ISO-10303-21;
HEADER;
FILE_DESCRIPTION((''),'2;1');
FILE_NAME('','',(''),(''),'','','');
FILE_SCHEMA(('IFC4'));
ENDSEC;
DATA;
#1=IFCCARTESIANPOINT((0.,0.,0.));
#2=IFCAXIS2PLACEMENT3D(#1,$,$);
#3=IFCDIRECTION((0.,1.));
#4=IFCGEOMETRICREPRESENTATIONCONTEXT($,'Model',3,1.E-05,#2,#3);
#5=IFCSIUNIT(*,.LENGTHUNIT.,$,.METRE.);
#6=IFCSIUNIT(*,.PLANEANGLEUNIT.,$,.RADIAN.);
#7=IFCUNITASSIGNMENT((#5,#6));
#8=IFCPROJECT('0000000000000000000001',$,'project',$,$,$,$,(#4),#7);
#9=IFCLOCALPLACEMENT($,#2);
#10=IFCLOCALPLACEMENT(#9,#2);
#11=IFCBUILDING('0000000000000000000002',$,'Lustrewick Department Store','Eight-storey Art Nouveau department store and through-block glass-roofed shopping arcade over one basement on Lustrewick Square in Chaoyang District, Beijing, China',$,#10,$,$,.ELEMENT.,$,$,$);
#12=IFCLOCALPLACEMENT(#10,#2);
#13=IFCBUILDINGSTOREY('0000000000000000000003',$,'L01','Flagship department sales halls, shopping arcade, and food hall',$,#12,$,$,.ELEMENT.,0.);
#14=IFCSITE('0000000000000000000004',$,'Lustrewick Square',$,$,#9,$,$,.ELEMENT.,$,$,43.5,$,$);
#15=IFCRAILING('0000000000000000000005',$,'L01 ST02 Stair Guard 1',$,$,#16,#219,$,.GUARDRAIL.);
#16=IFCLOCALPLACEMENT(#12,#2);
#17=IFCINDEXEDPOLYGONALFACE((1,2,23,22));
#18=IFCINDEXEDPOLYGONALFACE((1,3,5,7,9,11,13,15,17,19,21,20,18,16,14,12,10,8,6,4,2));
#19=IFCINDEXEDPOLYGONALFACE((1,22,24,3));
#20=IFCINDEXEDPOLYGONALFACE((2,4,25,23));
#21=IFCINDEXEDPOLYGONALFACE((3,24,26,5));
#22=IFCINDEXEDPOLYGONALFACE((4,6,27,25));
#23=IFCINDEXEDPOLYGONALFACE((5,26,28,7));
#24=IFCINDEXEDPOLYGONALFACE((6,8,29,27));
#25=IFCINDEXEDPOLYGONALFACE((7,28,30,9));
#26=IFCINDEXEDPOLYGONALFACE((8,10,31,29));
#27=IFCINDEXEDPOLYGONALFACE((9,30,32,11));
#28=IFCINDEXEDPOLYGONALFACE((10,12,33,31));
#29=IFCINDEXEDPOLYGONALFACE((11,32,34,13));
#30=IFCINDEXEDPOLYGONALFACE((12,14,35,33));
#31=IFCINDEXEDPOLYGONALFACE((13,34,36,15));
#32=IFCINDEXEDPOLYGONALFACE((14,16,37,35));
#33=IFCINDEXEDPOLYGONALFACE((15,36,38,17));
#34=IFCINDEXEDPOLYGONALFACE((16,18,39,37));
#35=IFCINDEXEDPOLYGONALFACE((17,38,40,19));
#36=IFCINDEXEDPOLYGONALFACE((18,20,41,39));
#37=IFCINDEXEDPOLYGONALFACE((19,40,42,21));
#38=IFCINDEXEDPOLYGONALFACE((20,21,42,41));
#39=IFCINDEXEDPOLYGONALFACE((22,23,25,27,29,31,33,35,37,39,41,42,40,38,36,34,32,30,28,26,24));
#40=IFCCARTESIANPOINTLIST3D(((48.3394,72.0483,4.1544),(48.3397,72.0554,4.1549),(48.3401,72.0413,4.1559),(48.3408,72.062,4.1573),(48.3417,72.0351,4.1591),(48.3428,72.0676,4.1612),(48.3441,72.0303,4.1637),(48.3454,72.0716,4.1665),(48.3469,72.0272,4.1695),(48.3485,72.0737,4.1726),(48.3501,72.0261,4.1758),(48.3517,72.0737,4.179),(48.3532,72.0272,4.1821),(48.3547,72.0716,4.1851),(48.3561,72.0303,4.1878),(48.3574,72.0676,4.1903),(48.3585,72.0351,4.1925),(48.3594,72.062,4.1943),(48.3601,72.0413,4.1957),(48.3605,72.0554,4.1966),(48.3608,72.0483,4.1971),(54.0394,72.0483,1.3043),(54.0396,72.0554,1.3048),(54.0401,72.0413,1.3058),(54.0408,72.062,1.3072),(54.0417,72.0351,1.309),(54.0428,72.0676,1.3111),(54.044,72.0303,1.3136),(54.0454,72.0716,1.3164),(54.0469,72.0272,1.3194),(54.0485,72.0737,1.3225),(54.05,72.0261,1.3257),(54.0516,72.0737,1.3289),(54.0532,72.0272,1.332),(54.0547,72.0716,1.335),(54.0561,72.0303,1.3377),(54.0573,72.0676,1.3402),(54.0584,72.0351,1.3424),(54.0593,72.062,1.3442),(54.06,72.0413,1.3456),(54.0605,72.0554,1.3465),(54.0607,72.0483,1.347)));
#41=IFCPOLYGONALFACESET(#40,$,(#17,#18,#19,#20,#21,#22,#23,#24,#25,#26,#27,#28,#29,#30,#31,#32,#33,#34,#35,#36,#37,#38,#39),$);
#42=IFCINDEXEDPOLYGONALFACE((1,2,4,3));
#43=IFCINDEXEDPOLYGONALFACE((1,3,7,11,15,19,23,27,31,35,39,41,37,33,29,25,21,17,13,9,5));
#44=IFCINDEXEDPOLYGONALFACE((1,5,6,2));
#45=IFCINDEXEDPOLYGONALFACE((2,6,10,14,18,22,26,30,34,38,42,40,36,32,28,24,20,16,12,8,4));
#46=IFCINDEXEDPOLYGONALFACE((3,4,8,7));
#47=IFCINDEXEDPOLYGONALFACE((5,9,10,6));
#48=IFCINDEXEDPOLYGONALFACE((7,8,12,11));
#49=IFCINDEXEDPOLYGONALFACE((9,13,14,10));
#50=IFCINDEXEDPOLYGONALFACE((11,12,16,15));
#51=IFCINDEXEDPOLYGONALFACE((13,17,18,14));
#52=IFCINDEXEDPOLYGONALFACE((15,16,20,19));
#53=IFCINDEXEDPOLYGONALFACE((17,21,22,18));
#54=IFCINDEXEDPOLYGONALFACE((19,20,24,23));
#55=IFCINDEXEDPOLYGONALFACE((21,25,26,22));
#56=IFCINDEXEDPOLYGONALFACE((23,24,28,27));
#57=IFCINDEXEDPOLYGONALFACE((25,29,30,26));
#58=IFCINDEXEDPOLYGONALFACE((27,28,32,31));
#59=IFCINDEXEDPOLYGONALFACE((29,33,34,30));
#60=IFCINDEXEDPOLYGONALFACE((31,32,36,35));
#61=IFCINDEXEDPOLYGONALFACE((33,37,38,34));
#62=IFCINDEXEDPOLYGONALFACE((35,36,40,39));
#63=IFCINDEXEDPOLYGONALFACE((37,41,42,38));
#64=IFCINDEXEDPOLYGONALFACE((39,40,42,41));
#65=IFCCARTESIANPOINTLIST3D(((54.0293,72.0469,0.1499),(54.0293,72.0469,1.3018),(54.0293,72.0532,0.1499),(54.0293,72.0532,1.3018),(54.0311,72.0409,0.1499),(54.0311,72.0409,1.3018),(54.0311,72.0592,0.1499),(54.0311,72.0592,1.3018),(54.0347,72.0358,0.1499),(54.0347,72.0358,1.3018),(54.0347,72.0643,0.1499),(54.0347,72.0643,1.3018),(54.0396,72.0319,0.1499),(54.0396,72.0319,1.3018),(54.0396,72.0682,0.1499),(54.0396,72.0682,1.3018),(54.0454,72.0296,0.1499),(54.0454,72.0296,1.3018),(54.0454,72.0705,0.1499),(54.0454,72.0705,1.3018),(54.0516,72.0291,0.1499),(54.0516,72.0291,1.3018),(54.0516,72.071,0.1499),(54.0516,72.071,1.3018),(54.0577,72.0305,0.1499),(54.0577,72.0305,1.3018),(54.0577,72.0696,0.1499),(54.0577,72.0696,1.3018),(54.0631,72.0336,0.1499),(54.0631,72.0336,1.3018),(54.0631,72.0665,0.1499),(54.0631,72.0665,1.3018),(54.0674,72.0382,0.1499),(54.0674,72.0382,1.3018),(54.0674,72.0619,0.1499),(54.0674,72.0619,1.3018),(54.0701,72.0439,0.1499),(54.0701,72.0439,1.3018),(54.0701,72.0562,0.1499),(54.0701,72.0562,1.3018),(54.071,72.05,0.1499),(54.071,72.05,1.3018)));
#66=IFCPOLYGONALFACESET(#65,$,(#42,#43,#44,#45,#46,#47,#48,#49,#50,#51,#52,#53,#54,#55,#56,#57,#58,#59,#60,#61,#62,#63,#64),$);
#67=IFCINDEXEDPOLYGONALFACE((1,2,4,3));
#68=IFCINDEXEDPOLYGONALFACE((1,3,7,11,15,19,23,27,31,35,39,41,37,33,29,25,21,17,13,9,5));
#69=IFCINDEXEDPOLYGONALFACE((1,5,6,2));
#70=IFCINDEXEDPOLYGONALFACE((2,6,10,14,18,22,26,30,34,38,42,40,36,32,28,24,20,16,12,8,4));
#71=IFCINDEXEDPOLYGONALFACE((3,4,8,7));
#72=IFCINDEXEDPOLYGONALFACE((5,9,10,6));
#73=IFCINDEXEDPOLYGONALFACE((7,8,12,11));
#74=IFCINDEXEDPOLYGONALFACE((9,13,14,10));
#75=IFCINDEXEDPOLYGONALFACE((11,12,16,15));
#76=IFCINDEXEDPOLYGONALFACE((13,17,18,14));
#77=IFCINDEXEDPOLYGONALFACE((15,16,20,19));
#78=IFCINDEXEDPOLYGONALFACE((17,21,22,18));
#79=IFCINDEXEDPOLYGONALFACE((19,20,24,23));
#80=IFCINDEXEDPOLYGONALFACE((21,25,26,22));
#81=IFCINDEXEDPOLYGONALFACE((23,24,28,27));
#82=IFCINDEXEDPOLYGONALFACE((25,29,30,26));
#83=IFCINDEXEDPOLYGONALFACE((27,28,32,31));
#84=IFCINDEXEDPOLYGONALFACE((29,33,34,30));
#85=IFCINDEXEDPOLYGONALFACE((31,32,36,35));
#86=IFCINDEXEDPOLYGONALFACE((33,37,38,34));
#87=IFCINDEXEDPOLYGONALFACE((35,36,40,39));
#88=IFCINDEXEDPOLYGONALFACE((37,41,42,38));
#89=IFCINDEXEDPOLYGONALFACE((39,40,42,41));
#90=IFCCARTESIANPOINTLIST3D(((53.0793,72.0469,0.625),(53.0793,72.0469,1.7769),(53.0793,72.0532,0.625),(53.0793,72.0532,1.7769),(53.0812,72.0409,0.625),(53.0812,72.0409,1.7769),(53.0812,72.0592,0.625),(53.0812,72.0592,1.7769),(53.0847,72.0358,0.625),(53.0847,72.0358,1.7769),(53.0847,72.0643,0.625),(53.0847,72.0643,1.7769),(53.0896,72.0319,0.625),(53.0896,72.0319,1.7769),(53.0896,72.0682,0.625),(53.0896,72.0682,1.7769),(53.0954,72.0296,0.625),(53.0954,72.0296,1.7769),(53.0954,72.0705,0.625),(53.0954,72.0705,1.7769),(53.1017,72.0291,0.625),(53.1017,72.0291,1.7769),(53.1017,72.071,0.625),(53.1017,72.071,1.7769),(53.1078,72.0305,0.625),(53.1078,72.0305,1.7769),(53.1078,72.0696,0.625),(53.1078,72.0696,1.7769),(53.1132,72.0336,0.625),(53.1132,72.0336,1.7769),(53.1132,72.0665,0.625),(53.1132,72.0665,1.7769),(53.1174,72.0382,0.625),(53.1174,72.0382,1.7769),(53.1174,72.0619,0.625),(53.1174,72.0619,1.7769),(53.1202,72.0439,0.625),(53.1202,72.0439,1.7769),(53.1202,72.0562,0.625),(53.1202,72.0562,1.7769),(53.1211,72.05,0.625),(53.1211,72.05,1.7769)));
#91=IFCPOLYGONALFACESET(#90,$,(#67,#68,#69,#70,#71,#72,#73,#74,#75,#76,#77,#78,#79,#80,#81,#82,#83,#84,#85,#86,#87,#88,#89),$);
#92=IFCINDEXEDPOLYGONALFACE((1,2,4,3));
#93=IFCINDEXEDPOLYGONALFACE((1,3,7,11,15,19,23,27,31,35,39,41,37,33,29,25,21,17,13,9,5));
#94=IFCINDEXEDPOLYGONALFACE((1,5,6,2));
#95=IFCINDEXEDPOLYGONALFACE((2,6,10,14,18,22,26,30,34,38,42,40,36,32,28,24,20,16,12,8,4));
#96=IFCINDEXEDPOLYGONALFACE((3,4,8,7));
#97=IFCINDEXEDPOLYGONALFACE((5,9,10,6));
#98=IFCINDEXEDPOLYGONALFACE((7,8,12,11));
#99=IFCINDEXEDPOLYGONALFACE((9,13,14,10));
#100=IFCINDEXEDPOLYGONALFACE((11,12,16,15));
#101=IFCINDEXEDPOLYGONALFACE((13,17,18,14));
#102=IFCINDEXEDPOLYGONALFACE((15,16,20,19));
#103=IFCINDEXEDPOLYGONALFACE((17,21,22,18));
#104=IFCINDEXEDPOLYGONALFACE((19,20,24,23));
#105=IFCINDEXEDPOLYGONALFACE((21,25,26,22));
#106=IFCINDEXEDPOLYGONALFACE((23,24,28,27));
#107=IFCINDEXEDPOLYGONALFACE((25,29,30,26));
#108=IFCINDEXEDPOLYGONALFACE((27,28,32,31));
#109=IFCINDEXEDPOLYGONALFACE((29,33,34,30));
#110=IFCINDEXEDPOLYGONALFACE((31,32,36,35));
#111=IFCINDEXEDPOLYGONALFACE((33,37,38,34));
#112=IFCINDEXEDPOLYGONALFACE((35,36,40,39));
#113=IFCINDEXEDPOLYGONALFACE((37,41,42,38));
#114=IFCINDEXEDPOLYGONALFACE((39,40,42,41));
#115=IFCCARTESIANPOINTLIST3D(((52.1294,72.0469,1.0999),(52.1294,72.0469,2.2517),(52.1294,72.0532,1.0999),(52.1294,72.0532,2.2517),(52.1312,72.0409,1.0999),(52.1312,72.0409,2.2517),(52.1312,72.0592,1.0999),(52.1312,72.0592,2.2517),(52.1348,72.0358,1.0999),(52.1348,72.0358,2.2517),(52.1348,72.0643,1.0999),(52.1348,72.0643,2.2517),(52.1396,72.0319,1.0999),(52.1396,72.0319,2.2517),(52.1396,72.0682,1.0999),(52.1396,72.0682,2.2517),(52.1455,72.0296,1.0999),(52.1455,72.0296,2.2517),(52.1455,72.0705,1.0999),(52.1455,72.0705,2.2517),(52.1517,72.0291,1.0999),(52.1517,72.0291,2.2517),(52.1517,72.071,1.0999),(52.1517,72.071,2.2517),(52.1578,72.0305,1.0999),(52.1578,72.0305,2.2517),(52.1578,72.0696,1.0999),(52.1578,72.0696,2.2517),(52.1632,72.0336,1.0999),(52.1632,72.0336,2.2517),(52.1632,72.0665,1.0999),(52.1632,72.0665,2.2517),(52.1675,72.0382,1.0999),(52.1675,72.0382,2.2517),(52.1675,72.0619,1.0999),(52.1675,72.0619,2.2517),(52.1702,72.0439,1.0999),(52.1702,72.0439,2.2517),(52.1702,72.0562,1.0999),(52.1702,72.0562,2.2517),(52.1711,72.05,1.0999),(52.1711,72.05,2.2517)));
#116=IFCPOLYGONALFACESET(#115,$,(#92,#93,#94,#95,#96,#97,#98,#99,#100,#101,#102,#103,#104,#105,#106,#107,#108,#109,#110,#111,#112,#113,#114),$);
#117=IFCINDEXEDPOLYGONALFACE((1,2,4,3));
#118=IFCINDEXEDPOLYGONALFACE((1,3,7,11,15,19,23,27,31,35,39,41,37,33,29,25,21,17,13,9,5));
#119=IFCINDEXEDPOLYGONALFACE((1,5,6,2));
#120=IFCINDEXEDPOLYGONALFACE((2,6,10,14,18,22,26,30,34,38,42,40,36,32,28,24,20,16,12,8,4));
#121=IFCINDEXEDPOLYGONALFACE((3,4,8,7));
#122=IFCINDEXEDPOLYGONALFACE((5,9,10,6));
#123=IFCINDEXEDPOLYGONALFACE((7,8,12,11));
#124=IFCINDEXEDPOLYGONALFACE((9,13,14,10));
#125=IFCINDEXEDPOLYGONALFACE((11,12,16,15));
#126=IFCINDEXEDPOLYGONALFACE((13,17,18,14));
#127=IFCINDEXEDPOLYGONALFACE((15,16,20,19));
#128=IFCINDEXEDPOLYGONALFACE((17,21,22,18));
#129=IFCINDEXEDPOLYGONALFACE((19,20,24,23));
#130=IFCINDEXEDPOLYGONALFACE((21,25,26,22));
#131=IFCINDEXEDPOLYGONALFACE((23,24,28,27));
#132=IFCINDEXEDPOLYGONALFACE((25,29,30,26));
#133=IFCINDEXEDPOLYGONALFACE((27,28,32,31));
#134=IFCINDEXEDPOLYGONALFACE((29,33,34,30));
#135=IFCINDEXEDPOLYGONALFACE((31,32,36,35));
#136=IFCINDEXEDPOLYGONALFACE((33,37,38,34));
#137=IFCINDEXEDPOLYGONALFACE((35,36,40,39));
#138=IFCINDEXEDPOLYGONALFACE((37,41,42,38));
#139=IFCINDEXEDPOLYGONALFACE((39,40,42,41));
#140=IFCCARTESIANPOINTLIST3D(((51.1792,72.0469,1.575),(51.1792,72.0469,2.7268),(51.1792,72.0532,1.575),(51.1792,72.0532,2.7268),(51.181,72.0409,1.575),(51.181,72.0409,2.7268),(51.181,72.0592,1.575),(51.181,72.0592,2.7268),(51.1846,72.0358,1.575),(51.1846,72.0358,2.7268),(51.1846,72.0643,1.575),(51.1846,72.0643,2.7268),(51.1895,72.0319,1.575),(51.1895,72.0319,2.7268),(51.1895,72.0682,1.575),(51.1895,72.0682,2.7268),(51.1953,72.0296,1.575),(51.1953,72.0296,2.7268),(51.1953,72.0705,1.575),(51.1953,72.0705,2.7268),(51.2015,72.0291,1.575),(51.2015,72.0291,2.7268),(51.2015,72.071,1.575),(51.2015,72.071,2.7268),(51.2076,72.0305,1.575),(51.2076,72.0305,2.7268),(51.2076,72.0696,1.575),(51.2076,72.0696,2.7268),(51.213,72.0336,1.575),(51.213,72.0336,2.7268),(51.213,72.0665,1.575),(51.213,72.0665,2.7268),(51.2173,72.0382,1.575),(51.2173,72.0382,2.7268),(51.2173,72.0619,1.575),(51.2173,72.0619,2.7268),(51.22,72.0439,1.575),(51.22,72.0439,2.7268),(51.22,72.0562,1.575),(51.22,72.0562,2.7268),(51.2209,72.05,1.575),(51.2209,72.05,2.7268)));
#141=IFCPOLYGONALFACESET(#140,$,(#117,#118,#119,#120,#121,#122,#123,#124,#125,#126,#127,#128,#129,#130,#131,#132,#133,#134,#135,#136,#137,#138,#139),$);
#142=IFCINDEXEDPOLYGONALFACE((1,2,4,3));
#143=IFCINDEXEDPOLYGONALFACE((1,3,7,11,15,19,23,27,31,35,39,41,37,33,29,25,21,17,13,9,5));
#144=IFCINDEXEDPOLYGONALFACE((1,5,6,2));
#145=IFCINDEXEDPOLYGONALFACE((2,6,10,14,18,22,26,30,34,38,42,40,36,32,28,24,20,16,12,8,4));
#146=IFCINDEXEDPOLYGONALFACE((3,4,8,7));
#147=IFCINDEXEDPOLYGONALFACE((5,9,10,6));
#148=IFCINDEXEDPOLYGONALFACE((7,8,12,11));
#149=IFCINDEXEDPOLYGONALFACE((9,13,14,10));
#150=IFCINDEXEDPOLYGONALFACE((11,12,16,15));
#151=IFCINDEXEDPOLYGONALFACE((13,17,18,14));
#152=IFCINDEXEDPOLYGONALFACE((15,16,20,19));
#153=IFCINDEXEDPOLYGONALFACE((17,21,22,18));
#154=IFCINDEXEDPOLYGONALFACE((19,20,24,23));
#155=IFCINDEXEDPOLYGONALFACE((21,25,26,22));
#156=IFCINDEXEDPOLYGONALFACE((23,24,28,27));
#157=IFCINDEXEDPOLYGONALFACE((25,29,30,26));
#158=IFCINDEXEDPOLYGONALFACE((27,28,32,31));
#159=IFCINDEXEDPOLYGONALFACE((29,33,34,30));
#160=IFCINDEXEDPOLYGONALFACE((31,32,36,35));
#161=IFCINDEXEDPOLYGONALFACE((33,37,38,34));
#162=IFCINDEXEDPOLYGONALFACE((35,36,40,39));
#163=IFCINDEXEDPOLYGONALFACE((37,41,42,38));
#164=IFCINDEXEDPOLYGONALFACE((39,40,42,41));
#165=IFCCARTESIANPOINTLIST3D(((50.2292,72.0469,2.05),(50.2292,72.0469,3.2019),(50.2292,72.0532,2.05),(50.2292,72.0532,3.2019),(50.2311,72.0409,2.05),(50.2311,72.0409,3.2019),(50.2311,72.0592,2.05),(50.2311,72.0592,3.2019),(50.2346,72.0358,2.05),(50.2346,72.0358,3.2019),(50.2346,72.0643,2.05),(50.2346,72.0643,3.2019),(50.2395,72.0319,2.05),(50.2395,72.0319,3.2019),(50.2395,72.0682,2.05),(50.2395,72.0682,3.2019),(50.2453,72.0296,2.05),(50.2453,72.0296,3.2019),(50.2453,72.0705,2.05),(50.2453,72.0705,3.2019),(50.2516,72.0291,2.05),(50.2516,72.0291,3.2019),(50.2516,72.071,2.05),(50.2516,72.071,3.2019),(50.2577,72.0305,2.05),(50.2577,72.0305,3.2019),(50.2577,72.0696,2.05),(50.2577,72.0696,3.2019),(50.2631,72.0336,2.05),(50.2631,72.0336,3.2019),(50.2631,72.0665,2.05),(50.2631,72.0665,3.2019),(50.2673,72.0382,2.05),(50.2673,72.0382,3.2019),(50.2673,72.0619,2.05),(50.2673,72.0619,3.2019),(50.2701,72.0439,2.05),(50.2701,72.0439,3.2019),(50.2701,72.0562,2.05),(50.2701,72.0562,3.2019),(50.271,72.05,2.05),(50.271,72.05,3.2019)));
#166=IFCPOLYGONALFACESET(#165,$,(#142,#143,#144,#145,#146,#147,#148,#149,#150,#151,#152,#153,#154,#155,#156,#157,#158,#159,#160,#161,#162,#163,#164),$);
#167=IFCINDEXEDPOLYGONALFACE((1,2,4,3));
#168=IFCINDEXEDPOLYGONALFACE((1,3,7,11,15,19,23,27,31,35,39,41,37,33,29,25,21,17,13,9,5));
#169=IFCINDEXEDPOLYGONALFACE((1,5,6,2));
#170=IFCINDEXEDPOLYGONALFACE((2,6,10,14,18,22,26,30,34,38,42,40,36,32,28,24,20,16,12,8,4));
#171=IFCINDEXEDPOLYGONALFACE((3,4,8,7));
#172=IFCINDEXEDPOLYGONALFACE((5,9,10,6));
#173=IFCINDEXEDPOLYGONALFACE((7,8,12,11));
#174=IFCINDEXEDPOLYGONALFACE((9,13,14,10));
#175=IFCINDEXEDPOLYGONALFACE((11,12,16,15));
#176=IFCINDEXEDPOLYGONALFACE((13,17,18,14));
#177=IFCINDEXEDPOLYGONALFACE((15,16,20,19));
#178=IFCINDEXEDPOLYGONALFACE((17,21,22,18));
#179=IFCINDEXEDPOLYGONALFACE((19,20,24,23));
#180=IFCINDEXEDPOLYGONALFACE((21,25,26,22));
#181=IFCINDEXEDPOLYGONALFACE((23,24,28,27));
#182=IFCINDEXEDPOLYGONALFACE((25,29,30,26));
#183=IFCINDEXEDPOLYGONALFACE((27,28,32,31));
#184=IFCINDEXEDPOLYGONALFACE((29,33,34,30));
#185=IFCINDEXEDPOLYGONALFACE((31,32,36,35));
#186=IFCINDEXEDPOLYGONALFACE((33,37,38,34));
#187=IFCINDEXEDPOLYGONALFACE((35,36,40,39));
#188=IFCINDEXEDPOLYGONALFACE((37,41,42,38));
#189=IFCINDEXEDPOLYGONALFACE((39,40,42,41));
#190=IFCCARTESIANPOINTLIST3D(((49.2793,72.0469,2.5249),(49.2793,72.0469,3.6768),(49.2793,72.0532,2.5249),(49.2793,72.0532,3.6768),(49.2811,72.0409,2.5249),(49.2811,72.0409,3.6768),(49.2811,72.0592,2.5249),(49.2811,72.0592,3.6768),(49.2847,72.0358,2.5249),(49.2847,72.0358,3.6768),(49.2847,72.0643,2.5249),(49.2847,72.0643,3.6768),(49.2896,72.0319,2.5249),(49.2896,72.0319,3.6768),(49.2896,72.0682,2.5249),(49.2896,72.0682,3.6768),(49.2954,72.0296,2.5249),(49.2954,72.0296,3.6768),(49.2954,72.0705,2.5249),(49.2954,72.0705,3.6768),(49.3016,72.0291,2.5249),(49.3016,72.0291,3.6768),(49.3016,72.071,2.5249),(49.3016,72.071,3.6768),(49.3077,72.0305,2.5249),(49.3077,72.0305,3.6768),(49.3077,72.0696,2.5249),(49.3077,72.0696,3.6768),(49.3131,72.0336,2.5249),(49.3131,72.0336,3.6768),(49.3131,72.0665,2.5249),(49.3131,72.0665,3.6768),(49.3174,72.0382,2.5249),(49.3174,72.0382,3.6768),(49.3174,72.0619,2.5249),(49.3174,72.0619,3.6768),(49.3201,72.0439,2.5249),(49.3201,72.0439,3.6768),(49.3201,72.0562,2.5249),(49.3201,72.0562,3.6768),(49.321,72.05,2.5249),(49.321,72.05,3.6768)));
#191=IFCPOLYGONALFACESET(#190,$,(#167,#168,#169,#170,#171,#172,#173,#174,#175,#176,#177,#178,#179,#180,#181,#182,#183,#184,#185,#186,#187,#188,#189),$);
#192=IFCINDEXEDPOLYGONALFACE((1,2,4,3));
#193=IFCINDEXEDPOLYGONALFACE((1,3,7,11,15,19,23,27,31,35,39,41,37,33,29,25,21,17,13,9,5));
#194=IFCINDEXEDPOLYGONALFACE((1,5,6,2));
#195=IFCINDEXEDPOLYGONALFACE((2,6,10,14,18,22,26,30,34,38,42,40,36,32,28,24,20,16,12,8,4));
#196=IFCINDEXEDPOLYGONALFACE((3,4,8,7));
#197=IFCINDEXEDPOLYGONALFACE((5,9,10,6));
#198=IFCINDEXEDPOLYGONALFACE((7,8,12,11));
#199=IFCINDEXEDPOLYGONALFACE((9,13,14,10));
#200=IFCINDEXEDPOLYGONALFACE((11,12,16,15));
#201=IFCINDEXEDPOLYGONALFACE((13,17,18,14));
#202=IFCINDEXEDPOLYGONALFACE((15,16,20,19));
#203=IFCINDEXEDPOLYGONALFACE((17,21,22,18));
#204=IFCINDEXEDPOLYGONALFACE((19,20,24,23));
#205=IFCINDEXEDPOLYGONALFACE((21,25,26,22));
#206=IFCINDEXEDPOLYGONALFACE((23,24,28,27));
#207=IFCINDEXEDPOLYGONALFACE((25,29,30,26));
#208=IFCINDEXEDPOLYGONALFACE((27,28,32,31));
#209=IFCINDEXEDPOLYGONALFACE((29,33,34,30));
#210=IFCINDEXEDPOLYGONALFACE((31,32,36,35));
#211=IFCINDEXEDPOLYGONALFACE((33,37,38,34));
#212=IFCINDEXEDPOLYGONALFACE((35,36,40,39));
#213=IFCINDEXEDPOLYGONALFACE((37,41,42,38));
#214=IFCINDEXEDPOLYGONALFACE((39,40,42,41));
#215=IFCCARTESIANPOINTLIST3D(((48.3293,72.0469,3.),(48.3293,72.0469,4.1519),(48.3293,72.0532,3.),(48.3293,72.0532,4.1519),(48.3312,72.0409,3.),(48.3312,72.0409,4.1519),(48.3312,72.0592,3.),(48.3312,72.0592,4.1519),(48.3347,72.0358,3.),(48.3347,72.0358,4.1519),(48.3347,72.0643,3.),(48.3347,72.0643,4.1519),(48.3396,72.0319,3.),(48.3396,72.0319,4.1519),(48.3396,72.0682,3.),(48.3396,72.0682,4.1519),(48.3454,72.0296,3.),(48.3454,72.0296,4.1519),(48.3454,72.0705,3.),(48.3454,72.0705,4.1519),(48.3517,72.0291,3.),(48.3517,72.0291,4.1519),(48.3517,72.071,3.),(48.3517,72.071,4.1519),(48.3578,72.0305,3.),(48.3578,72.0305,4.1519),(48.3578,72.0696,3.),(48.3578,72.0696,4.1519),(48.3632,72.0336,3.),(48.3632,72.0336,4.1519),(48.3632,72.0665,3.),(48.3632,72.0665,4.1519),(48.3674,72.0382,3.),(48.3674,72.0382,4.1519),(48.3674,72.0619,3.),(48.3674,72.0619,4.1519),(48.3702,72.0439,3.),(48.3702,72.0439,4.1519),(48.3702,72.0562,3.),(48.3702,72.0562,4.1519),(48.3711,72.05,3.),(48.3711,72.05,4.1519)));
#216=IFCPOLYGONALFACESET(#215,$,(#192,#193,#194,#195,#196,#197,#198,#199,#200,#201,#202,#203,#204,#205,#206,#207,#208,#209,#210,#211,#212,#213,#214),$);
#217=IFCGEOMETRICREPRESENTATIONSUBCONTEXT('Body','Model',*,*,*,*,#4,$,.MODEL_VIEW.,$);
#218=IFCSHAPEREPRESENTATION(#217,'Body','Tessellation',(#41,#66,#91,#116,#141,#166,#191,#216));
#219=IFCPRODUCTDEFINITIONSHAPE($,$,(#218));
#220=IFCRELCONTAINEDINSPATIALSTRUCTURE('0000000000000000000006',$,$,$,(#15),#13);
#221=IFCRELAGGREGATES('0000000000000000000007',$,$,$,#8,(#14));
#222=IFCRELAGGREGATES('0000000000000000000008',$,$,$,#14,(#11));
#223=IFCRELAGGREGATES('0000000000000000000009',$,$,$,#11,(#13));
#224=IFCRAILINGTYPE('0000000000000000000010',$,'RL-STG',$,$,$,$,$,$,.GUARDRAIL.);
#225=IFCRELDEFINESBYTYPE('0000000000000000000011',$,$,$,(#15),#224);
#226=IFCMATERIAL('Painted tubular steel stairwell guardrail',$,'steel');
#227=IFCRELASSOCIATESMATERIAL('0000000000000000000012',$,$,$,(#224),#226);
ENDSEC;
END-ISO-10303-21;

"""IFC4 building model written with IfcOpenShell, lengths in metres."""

from ifc_helpers import new_model, si_unit, direction, frame, origin, origin_2d, place, context, subcontext, project, spatial, circle, extrude, material, type_object, element, save


model = new_model("IFC4")

# Units and contexts
model_context = context("Model", 3, precision=1e-05, world=origin(), true_north=direction((0.0, 1.0)))
body_context = subcontext(model_context, "Body", "Model", "MODEL_VIEW")
ifc_project = project(units=[si_unit("LENGTHUNIT", "METRE"), si_unit("PLANEANGLEUNIT", "RADIAN")], contexts=[model_context])

# Site, building, storey
site_placement = place(None, origin())
site = spatial("IfcSite", under=ifc_project, at=site_placement, Name="Lustrewick Square", CompositionType="ELEMENT", RefElevation=43.5)
building_placement = place(site_placement, origin())
building = spatial("IfcBuilding", under=site, at=building_placement, Name="Lustrewick Department Store", Description="Eight-storey Art Nouveau department store and through-block glass-roofed shopping arcade over one basement on Lustrewick Square in Chaoyang District, Beijing, China", CompositionType="ELEMENT")
storey_placement = place(building_placement, origin())
storey = spatial("IfcBuildingStorey", under=building, at=storey_placement, Name="L01", Description="Flagship department sales halls, shopping arcade, and food hall", CompositionType="ELEMENT", Elevation=0.0)

# Railing
ifc_material_1 = material(Name="Painted tubular steel stairwell guardrail", Category="steel")
railing_type_1 = type_object("IfcRailingType", Name="RL-STG", PredefinedType="GUARDRAIL", material=ifc_material_1)
railing_1_placement = place(storey_placement, frame((54.05, 72.05, 0.1499)))
element("IfcRailing", 1, at=railing_1_placement, inside=storey, type_object=railing_type_1, Name="L01 ST02 Stair Guard 1", PredefinedType="GUARDRAIL", context=body_context, shape_type="SweptSolid", body=[
    extrude(circle(Radius=0.0239, at=origin_2d()), frame((0.0, 0.0, 1.1758), z_axis=(-0.89442, 0.0, 0.447229), x_axis=(0.0, -1.0, 0.0)), (0.0, 0.0, 1.0), 6.3728),
    extrude(circle(Radius=0.021, at=origin_2d()), origin(), (0.0, 0.0, 1.0), 1.1519),
    extrude(circle(Radius=0.021, at=origin_2d()), frame((-0.95, 0.0, 0.4751)), (0.0, 0.0, 1.0), 1.1519),
    extrude(circle(Radius=0.021, at=origin_2d()), frame((-1.8999, 0.0, 0.95)), (0.0, 0.0, 1.0), 1.1519),
    extrude(circle(Radius=0.021, at=origin_2d()), frame((-2.8501, 0.0, 1.425)), (0.0, 0.0, 1.0), 1.1519),
    extrude(circle(Radius=0.021, at=origin_2d()), frame((-3.8, 0.0, 1.9001)), (0.0, 0.0, 1.0), 1.1519),
    extrude(circle(Radius=0.021, at=origin_2d()), frame((-4.75, 0.0, 2.375)), (0.0, 0.0, 1.0), 1.1519),
    extrude(circle(Radius=0.021, at=origin_2d()), frame((-5.7, 0.0, 2.8501)), (0.0, 0.0, 1.0), 1.1519),
])

save(model, "model.ifc")
